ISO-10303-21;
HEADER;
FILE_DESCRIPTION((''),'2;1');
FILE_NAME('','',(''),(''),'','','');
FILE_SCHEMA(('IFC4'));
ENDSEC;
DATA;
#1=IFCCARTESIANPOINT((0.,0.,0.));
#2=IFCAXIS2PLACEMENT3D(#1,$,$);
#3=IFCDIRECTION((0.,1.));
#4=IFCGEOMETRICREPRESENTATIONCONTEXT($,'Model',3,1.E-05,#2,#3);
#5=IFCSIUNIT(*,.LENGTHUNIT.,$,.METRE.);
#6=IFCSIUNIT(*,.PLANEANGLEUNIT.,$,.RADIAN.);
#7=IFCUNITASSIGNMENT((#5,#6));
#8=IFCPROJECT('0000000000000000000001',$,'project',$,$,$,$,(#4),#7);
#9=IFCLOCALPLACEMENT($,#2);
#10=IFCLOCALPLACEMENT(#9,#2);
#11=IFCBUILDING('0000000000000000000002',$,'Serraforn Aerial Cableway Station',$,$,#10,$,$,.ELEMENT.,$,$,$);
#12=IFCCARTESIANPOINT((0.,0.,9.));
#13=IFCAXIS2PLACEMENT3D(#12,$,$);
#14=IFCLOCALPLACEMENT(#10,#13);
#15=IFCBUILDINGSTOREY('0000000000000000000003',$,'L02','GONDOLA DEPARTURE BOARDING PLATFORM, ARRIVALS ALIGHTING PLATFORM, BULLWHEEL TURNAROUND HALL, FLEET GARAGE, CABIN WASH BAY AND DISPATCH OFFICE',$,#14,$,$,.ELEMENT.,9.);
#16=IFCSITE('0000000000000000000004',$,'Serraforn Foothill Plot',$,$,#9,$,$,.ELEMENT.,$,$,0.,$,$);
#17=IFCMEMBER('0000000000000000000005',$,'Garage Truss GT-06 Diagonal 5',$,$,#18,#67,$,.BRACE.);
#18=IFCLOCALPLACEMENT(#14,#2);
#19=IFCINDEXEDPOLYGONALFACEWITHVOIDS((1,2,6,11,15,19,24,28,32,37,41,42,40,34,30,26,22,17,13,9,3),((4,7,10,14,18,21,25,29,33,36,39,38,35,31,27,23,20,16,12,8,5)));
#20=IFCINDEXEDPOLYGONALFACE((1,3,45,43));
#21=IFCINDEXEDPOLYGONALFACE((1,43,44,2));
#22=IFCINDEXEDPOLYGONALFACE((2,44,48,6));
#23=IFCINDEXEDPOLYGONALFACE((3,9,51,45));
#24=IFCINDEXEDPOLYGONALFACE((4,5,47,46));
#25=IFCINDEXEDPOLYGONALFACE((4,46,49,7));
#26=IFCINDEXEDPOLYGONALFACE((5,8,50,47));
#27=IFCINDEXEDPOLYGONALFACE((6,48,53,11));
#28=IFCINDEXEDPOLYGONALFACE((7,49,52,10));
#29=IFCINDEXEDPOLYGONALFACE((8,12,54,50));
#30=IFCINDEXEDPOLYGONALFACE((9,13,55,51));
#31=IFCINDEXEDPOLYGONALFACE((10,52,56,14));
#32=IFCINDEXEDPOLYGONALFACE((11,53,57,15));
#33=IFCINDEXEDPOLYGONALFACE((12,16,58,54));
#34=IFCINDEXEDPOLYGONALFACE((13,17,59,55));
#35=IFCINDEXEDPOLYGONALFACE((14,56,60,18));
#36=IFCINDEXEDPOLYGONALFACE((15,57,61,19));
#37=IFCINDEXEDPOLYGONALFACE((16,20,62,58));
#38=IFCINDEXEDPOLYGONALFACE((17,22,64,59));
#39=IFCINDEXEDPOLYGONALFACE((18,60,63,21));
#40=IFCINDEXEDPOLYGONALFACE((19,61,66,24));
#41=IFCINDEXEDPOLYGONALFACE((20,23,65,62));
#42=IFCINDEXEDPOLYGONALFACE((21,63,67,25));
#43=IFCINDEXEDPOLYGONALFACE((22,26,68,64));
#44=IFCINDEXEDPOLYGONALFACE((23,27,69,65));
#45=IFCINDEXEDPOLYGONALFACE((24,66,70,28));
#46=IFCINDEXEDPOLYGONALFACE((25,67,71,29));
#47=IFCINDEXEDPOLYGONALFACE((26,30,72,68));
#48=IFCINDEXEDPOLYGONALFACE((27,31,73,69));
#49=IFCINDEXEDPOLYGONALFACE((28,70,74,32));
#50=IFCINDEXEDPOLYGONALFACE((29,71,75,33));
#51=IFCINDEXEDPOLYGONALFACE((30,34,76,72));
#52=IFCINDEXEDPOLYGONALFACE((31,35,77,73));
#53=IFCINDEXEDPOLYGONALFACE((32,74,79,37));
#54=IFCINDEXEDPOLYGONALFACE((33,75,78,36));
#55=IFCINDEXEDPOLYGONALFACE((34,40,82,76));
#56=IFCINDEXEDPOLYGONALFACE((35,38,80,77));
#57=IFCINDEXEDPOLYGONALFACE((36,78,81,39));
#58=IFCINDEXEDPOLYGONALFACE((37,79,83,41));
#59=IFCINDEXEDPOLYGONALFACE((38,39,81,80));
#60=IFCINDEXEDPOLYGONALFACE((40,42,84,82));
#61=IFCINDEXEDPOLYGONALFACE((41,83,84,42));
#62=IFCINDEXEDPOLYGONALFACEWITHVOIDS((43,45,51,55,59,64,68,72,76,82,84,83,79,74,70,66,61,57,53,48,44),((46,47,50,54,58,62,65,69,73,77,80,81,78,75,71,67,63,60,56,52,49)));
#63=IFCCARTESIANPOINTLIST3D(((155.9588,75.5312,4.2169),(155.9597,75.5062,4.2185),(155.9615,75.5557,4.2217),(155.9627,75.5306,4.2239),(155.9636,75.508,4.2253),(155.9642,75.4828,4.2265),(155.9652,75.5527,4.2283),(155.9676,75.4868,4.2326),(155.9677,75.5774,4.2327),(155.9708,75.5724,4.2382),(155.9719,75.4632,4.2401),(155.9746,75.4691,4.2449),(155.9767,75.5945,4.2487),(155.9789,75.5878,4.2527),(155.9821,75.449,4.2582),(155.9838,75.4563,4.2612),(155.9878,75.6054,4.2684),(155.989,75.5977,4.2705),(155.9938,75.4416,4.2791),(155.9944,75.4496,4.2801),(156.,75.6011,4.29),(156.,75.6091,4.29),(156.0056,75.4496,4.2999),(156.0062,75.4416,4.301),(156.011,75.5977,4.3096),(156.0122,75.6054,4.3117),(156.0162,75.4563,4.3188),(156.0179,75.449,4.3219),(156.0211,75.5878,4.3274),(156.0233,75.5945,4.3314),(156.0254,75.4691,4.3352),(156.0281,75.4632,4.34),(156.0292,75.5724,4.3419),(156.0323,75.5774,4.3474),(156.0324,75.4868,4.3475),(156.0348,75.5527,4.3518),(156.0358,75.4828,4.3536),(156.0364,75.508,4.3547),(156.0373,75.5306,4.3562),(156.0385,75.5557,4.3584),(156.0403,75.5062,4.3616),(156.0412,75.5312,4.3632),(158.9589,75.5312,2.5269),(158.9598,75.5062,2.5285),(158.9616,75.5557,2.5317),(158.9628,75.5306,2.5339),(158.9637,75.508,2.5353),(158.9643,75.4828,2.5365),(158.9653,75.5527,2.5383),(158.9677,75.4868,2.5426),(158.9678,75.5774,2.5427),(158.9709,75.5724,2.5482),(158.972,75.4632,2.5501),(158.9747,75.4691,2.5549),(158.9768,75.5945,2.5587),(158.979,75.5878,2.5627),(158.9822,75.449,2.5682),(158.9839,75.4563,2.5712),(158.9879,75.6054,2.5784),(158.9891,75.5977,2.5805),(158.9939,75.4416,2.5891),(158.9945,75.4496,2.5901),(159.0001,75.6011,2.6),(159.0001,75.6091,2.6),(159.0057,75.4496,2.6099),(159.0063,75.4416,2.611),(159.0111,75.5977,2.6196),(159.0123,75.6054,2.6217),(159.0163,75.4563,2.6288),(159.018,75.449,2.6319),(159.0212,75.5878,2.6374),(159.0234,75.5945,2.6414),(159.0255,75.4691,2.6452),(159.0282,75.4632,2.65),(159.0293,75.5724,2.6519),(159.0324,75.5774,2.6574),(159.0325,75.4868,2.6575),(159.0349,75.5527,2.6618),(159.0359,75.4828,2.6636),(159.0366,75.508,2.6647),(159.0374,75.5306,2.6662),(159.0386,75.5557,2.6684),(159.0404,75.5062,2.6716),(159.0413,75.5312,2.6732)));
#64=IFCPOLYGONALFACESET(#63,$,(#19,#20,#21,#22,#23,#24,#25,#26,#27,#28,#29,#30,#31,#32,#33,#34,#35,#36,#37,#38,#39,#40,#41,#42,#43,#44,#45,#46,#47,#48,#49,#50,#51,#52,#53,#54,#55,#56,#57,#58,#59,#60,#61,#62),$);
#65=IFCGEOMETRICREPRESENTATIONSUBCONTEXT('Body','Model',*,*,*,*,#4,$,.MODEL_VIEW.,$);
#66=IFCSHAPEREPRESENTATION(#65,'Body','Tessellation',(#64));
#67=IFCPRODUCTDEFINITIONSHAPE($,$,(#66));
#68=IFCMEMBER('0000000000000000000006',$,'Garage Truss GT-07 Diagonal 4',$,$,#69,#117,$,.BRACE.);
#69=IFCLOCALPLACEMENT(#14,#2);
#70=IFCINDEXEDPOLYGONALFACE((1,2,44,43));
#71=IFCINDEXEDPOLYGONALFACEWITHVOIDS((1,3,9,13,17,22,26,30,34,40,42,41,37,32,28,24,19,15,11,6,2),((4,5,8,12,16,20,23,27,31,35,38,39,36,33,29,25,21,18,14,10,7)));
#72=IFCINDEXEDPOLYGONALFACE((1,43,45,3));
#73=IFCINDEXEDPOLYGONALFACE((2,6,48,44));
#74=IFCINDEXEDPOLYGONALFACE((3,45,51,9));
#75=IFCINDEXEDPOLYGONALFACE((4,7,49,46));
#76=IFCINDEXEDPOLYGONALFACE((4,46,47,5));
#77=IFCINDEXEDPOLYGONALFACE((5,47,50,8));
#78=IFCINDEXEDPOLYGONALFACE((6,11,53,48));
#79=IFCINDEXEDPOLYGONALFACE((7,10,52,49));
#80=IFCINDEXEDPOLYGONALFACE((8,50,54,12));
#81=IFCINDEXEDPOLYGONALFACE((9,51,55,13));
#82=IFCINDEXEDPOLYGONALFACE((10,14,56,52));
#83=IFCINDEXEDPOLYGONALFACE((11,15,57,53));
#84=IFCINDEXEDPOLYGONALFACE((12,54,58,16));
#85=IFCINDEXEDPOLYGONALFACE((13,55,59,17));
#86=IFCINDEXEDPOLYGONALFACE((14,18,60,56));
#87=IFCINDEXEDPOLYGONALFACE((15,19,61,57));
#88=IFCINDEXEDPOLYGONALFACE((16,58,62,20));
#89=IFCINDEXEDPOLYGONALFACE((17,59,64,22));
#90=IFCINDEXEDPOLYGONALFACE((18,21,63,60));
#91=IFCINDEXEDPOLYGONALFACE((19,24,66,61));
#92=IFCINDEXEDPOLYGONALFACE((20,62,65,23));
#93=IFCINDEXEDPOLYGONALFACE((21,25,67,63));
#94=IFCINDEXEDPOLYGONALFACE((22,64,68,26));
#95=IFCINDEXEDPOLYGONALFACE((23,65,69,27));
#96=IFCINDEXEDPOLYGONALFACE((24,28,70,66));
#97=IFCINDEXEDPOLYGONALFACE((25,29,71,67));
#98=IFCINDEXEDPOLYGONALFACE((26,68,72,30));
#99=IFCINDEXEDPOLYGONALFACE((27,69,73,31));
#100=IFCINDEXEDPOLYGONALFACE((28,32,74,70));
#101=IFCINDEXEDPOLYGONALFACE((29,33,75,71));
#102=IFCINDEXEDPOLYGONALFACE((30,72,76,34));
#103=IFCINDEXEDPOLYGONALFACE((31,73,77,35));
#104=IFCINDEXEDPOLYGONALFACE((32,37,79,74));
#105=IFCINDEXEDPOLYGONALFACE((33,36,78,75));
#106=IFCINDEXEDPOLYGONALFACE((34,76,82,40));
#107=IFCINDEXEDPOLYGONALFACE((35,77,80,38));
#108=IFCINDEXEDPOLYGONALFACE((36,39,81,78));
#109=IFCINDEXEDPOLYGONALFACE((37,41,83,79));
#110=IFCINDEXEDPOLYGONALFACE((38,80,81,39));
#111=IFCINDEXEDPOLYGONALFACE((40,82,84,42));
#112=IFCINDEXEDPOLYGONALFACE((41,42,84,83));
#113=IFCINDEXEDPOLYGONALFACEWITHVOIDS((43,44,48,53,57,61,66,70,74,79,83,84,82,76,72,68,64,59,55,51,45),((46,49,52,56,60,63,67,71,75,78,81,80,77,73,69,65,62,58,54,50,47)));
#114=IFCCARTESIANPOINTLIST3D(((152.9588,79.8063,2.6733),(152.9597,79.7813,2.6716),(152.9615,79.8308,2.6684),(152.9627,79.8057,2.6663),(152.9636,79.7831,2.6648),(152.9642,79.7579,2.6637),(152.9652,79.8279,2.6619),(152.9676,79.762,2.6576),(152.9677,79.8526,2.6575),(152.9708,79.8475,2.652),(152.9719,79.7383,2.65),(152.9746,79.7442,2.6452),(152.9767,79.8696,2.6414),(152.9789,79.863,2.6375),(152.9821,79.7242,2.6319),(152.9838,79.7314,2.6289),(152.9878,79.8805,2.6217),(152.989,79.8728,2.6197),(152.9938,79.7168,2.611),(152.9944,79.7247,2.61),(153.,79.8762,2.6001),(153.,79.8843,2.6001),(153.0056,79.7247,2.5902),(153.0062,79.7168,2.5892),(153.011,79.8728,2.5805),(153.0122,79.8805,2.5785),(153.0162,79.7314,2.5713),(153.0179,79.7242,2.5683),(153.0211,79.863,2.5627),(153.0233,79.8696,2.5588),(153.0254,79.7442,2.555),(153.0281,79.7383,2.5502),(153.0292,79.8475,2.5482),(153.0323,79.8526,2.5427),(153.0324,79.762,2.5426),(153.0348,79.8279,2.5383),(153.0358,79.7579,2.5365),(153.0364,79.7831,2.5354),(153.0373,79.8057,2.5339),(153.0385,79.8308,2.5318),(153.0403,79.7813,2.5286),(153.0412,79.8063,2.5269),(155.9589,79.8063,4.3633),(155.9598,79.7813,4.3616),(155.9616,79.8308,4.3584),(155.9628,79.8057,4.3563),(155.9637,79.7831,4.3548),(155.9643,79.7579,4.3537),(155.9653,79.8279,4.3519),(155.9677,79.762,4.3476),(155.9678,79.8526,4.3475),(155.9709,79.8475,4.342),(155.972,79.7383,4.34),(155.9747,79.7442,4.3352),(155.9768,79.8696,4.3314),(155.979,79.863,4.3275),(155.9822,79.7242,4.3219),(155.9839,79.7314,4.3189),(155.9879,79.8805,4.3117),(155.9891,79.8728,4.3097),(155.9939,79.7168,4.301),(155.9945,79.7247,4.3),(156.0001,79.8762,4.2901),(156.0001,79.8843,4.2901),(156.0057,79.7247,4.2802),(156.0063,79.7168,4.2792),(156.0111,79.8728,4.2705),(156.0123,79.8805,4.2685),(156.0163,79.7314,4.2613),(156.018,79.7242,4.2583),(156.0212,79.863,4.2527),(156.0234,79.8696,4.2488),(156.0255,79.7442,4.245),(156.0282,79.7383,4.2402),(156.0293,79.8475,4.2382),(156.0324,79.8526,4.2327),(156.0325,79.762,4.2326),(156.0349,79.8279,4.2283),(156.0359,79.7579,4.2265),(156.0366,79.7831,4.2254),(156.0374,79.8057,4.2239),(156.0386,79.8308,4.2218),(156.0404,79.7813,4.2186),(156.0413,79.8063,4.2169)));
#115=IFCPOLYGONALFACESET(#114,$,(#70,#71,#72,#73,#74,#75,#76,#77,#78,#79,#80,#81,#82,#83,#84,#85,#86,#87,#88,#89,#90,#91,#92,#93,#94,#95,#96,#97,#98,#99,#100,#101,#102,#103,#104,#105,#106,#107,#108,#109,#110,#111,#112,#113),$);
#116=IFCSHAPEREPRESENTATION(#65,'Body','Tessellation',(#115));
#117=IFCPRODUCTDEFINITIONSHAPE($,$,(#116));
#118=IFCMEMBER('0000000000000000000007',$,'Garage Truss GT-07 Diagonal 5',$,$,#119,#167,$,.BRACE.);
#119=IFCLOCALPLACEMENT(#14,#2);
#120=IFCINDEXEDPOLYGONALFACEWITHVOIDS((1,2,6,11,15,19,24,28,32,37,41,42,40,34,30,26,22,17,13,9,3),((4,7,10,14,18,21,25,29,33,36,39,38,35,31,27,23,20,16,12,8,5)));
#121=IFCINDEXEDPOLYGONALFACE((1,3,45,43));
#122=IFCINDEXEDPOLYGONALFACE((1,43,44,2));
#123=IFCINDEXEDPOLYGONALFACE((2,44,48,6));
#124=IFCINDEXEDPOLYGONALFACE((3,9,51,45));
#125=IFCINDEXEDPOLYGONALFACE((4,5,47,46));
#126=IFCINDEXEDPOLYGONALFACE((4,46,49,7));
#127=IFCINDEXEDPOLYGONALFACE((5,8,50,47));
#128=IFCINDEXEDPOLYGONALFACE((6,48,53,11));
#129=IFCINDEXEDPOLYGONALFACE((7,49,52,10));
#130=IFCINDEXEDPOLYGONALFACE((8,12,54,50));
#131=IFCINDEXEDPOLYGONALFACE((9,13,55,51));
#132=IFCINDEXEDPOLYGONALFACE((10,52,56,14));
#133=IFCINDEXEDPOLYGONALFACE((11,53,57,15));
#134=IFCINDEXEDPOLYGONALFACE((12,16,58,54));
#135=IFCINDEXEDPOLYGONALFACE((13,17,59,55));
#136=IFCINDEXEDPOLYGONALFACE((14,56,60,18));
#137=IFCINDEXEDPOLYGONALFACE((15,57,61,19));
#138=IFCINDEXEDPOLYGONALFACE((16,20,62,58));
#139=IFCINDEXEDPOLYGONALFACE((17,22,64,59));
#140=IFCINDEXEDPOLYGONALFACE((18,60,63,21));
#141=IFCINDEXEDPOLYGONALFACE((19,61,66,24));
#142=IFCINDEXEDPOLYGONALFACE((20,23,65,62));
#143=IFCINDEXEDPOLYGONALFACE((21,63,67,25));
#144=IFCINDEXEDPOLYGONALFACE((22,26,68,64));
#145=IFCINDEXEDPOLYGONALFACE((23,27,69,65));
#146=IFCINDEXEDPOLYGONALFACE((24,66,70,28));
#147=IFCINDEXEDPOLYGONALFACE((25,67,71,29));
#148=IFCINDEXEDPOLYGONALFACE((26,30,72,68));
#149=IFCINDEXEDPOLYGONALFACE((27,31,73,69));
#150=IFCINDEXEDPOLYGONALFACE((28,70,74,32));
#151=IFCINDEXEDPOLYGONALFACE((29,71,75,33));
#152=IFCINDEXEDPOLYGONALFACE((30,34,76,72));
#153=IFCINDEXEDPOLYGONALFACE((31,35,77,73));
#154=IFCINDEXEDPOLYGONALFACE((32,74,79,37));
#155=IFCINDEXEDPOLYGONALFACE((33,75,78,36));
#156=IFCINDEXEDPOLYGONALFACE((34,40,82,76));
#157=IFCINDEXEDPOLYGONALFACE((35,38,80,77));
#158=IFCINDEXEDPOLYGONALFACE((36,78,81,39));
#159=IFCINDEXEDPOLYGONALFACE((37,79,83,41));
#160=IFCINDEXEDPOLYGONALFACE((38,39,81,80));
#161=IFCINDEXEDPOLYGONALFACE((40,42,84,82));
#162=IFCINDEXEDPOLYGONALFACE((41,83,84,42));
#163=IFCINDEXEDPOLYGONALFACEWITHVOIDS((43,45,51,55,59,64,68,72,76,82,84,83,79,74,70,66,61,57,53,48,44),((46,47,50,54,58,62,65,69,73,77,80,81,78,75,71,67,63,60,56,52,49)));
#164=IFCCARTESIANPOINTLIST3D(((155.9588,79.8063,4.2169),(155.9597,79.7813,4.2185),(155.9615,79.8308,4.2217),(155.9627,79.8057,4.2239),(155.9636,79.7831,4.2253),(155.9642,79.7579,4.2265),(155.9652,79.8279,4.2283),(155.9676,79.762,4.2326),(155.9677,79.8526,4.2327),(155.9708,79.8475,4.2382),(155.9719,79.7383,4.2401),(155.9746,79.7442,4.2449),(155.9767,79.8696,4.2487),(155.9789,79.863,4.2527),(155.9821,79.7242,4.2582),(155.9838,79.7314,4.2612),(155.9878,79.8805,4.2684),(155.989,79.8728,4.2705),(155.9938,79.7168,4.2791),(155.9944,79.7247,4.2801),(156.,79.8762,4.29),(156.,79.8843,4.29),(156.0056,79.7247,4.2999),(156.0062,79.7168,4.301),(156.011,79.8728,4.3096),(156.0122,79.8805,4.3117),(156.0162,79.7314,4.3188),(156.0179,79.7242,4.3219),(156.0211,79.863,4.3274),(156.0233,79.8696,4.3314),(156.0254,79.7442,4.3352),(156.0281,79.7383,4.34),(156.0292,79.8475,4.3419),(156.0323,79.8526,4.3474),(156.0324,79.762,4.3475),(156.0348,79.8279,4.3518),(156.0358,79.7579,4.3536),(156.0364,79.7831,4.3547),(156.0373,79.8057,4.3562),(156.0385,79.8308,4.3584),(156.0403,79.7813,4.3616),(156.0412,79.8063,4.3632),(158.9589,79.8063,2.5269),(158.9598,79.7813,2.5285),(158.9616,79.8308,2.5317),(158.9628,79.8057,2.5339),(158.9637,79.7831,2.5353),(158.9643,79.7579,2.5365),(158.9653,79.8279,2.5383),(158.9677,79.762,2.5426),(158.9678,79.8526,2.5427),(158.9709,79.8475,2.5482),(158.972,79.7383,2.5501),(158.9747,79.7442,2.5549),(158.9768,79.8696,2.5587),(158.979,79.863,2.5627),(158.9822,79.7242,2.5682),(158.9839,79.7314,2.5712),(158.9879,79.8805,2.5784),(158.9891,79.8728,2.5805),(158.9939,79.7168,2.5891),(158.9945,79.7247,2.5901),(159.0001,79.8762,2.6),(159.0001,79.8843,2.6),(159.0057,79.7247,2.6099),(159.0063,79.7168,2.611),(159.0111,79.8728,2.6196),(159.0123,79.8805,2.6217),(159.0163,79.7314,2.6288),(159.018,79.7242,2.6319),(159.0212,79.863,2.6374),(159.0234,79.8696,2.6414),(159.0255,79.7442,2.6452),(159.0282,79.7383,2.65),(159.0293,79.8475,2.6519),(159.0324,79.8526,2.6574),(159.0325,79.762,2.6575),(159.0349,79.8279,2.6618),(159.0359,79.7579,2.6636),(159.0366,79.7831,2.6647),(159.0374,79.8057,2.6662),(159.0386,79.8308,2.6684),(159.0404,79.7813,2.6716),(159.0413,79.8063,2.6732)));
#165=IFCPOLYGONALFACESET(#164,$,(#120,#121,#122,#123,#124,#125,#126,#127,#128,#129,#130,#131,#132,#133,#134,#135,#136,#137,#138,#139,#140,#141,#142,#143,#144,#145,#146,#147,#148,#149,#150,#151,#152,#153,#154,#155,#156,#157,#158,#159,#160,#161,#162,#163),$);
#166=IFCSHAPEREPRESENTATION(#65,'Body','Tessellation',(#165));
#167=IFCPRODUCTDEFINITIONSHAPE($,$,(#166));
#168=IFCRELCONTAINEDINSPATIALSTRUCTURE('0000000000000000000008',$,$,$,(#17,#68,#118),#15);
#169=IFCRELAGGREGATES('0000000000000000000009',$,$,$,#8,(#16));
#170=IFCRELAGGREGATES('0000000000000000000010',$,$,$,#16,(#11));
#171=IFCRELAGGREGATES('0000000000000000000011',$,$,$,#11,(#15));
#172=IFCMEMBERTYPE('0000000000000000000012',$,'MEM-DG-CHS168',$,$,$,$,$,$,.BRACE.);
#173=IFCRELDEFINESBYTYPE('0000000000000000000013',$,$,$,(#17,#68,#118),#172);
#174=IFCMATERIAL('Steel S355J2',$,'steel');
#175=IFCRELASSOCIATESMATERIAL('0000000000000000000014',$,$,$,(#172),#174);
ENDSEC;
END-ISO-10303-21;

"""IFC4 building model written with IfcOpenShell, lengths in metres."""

from ifc_helpers import new_model, si_unit, direction, frame, origin, origin_2d, place, context, subcontext, project, spatial, hollow_circle, extrude, material, material_profile, profile_set, type_object, element, save


model = new_model("IFC4")

# Units and contexts
model_context = context("Model", 3, precision=1e-05, world=origin(), true_north=direction((0.0, 1.0)))
body_context = subcontext(model_context, "Body", "Model", "MODEL_VIEW")
ifc_project = project(units=[si_unit("LENGTHUNIT", "METRE"), si_unit("PLANEANGLEUNIT", "RADIAN")], contexts=[model_context])

# Site, building, storey
site_placement = place(None, origin())
site = spatial("IfcSite", under=ifc_project, at=site_placement, Name="Serraforn Foothill Plot", CompositionType="ELEMENT", RefElevation=0.0)
building_placement = place(site_placement, origin())
building = spatial("IfcBuilding", under=site, at=building_placement, Name="Serraforn Aerial Cableway Station", CompositionType="ELEMENT")
storey_placement = place(building_placement, frame((0.0, 0.0, 9.0)))
storey = spatial("IfcBuildingStorey", under=building, at=storey_placement, Name="L02", Description="GONDOLA DEPARTURE BOARDING PLATFORM, ARRIVALS ALIGHTING PLATFORM, BULLWHEEL TURNAROUND HALL, FLEET GARAGE, CABIN WASH BAY AND DISPATCH OFFICE", CompositionType="ELEMENT", Elevation=9.0)

# Members
ifc_material_1 = material(Name="Steel S355J2", Category="steel")
ifc_material_profile_1 = material_profile(ifc_material_1, hollow_circle(Radius=0.0842, WallThickness=0.0081, at=origin_2d()), Name="CHS 168.3x8.0")
ifc_profile_set_1 = profile_set([ifc_material_profile_1], Name="Steel S355J2")
member_type_1 = type_object("IfcMemberType", Name="MEM-DG-CHS168", PredefinedType="BRACE", material=ifc_profile_set_1)
for number, where, z_axis, x_axis, name in (
    (1, (156.0, 75.5249, 4.29), (0.871272, 0.0, -0.4908), (0.0, 1.0, 0.0), "Garage Truss GT-06 Diagonal 5"),
    (2, (153.0, 79.8, 2.6001), (0.871272, 0.0, 0.4908), (0.0, 1.0, 0.0), "Garage Truss GT-07 Diagonal 4"),
    (3, (156.0, 79.8, 4.29), (0.871272, 0.0, -0.4908), (0.0, 1.0, 0.0), "Garage Truss GT-07 Diagonal 5"),
):
    element("IfcMember", number, at=place(storey_placement, frame(where, z_axis=z_axis, x_axis=x_axis)), inside=storey, type_object=member_type_1, Name=name, PredefinedType="BRACE", context=body_context, shape_type="SweptSolid", body=[
        extrude(hollow_circle(Radius=0.0842, WallThickness=0.0081, at=origin_2d()), origin(), (0.0, 0.0, 1.0), 3.4434),
    ])

save(model, "model.ifc")
